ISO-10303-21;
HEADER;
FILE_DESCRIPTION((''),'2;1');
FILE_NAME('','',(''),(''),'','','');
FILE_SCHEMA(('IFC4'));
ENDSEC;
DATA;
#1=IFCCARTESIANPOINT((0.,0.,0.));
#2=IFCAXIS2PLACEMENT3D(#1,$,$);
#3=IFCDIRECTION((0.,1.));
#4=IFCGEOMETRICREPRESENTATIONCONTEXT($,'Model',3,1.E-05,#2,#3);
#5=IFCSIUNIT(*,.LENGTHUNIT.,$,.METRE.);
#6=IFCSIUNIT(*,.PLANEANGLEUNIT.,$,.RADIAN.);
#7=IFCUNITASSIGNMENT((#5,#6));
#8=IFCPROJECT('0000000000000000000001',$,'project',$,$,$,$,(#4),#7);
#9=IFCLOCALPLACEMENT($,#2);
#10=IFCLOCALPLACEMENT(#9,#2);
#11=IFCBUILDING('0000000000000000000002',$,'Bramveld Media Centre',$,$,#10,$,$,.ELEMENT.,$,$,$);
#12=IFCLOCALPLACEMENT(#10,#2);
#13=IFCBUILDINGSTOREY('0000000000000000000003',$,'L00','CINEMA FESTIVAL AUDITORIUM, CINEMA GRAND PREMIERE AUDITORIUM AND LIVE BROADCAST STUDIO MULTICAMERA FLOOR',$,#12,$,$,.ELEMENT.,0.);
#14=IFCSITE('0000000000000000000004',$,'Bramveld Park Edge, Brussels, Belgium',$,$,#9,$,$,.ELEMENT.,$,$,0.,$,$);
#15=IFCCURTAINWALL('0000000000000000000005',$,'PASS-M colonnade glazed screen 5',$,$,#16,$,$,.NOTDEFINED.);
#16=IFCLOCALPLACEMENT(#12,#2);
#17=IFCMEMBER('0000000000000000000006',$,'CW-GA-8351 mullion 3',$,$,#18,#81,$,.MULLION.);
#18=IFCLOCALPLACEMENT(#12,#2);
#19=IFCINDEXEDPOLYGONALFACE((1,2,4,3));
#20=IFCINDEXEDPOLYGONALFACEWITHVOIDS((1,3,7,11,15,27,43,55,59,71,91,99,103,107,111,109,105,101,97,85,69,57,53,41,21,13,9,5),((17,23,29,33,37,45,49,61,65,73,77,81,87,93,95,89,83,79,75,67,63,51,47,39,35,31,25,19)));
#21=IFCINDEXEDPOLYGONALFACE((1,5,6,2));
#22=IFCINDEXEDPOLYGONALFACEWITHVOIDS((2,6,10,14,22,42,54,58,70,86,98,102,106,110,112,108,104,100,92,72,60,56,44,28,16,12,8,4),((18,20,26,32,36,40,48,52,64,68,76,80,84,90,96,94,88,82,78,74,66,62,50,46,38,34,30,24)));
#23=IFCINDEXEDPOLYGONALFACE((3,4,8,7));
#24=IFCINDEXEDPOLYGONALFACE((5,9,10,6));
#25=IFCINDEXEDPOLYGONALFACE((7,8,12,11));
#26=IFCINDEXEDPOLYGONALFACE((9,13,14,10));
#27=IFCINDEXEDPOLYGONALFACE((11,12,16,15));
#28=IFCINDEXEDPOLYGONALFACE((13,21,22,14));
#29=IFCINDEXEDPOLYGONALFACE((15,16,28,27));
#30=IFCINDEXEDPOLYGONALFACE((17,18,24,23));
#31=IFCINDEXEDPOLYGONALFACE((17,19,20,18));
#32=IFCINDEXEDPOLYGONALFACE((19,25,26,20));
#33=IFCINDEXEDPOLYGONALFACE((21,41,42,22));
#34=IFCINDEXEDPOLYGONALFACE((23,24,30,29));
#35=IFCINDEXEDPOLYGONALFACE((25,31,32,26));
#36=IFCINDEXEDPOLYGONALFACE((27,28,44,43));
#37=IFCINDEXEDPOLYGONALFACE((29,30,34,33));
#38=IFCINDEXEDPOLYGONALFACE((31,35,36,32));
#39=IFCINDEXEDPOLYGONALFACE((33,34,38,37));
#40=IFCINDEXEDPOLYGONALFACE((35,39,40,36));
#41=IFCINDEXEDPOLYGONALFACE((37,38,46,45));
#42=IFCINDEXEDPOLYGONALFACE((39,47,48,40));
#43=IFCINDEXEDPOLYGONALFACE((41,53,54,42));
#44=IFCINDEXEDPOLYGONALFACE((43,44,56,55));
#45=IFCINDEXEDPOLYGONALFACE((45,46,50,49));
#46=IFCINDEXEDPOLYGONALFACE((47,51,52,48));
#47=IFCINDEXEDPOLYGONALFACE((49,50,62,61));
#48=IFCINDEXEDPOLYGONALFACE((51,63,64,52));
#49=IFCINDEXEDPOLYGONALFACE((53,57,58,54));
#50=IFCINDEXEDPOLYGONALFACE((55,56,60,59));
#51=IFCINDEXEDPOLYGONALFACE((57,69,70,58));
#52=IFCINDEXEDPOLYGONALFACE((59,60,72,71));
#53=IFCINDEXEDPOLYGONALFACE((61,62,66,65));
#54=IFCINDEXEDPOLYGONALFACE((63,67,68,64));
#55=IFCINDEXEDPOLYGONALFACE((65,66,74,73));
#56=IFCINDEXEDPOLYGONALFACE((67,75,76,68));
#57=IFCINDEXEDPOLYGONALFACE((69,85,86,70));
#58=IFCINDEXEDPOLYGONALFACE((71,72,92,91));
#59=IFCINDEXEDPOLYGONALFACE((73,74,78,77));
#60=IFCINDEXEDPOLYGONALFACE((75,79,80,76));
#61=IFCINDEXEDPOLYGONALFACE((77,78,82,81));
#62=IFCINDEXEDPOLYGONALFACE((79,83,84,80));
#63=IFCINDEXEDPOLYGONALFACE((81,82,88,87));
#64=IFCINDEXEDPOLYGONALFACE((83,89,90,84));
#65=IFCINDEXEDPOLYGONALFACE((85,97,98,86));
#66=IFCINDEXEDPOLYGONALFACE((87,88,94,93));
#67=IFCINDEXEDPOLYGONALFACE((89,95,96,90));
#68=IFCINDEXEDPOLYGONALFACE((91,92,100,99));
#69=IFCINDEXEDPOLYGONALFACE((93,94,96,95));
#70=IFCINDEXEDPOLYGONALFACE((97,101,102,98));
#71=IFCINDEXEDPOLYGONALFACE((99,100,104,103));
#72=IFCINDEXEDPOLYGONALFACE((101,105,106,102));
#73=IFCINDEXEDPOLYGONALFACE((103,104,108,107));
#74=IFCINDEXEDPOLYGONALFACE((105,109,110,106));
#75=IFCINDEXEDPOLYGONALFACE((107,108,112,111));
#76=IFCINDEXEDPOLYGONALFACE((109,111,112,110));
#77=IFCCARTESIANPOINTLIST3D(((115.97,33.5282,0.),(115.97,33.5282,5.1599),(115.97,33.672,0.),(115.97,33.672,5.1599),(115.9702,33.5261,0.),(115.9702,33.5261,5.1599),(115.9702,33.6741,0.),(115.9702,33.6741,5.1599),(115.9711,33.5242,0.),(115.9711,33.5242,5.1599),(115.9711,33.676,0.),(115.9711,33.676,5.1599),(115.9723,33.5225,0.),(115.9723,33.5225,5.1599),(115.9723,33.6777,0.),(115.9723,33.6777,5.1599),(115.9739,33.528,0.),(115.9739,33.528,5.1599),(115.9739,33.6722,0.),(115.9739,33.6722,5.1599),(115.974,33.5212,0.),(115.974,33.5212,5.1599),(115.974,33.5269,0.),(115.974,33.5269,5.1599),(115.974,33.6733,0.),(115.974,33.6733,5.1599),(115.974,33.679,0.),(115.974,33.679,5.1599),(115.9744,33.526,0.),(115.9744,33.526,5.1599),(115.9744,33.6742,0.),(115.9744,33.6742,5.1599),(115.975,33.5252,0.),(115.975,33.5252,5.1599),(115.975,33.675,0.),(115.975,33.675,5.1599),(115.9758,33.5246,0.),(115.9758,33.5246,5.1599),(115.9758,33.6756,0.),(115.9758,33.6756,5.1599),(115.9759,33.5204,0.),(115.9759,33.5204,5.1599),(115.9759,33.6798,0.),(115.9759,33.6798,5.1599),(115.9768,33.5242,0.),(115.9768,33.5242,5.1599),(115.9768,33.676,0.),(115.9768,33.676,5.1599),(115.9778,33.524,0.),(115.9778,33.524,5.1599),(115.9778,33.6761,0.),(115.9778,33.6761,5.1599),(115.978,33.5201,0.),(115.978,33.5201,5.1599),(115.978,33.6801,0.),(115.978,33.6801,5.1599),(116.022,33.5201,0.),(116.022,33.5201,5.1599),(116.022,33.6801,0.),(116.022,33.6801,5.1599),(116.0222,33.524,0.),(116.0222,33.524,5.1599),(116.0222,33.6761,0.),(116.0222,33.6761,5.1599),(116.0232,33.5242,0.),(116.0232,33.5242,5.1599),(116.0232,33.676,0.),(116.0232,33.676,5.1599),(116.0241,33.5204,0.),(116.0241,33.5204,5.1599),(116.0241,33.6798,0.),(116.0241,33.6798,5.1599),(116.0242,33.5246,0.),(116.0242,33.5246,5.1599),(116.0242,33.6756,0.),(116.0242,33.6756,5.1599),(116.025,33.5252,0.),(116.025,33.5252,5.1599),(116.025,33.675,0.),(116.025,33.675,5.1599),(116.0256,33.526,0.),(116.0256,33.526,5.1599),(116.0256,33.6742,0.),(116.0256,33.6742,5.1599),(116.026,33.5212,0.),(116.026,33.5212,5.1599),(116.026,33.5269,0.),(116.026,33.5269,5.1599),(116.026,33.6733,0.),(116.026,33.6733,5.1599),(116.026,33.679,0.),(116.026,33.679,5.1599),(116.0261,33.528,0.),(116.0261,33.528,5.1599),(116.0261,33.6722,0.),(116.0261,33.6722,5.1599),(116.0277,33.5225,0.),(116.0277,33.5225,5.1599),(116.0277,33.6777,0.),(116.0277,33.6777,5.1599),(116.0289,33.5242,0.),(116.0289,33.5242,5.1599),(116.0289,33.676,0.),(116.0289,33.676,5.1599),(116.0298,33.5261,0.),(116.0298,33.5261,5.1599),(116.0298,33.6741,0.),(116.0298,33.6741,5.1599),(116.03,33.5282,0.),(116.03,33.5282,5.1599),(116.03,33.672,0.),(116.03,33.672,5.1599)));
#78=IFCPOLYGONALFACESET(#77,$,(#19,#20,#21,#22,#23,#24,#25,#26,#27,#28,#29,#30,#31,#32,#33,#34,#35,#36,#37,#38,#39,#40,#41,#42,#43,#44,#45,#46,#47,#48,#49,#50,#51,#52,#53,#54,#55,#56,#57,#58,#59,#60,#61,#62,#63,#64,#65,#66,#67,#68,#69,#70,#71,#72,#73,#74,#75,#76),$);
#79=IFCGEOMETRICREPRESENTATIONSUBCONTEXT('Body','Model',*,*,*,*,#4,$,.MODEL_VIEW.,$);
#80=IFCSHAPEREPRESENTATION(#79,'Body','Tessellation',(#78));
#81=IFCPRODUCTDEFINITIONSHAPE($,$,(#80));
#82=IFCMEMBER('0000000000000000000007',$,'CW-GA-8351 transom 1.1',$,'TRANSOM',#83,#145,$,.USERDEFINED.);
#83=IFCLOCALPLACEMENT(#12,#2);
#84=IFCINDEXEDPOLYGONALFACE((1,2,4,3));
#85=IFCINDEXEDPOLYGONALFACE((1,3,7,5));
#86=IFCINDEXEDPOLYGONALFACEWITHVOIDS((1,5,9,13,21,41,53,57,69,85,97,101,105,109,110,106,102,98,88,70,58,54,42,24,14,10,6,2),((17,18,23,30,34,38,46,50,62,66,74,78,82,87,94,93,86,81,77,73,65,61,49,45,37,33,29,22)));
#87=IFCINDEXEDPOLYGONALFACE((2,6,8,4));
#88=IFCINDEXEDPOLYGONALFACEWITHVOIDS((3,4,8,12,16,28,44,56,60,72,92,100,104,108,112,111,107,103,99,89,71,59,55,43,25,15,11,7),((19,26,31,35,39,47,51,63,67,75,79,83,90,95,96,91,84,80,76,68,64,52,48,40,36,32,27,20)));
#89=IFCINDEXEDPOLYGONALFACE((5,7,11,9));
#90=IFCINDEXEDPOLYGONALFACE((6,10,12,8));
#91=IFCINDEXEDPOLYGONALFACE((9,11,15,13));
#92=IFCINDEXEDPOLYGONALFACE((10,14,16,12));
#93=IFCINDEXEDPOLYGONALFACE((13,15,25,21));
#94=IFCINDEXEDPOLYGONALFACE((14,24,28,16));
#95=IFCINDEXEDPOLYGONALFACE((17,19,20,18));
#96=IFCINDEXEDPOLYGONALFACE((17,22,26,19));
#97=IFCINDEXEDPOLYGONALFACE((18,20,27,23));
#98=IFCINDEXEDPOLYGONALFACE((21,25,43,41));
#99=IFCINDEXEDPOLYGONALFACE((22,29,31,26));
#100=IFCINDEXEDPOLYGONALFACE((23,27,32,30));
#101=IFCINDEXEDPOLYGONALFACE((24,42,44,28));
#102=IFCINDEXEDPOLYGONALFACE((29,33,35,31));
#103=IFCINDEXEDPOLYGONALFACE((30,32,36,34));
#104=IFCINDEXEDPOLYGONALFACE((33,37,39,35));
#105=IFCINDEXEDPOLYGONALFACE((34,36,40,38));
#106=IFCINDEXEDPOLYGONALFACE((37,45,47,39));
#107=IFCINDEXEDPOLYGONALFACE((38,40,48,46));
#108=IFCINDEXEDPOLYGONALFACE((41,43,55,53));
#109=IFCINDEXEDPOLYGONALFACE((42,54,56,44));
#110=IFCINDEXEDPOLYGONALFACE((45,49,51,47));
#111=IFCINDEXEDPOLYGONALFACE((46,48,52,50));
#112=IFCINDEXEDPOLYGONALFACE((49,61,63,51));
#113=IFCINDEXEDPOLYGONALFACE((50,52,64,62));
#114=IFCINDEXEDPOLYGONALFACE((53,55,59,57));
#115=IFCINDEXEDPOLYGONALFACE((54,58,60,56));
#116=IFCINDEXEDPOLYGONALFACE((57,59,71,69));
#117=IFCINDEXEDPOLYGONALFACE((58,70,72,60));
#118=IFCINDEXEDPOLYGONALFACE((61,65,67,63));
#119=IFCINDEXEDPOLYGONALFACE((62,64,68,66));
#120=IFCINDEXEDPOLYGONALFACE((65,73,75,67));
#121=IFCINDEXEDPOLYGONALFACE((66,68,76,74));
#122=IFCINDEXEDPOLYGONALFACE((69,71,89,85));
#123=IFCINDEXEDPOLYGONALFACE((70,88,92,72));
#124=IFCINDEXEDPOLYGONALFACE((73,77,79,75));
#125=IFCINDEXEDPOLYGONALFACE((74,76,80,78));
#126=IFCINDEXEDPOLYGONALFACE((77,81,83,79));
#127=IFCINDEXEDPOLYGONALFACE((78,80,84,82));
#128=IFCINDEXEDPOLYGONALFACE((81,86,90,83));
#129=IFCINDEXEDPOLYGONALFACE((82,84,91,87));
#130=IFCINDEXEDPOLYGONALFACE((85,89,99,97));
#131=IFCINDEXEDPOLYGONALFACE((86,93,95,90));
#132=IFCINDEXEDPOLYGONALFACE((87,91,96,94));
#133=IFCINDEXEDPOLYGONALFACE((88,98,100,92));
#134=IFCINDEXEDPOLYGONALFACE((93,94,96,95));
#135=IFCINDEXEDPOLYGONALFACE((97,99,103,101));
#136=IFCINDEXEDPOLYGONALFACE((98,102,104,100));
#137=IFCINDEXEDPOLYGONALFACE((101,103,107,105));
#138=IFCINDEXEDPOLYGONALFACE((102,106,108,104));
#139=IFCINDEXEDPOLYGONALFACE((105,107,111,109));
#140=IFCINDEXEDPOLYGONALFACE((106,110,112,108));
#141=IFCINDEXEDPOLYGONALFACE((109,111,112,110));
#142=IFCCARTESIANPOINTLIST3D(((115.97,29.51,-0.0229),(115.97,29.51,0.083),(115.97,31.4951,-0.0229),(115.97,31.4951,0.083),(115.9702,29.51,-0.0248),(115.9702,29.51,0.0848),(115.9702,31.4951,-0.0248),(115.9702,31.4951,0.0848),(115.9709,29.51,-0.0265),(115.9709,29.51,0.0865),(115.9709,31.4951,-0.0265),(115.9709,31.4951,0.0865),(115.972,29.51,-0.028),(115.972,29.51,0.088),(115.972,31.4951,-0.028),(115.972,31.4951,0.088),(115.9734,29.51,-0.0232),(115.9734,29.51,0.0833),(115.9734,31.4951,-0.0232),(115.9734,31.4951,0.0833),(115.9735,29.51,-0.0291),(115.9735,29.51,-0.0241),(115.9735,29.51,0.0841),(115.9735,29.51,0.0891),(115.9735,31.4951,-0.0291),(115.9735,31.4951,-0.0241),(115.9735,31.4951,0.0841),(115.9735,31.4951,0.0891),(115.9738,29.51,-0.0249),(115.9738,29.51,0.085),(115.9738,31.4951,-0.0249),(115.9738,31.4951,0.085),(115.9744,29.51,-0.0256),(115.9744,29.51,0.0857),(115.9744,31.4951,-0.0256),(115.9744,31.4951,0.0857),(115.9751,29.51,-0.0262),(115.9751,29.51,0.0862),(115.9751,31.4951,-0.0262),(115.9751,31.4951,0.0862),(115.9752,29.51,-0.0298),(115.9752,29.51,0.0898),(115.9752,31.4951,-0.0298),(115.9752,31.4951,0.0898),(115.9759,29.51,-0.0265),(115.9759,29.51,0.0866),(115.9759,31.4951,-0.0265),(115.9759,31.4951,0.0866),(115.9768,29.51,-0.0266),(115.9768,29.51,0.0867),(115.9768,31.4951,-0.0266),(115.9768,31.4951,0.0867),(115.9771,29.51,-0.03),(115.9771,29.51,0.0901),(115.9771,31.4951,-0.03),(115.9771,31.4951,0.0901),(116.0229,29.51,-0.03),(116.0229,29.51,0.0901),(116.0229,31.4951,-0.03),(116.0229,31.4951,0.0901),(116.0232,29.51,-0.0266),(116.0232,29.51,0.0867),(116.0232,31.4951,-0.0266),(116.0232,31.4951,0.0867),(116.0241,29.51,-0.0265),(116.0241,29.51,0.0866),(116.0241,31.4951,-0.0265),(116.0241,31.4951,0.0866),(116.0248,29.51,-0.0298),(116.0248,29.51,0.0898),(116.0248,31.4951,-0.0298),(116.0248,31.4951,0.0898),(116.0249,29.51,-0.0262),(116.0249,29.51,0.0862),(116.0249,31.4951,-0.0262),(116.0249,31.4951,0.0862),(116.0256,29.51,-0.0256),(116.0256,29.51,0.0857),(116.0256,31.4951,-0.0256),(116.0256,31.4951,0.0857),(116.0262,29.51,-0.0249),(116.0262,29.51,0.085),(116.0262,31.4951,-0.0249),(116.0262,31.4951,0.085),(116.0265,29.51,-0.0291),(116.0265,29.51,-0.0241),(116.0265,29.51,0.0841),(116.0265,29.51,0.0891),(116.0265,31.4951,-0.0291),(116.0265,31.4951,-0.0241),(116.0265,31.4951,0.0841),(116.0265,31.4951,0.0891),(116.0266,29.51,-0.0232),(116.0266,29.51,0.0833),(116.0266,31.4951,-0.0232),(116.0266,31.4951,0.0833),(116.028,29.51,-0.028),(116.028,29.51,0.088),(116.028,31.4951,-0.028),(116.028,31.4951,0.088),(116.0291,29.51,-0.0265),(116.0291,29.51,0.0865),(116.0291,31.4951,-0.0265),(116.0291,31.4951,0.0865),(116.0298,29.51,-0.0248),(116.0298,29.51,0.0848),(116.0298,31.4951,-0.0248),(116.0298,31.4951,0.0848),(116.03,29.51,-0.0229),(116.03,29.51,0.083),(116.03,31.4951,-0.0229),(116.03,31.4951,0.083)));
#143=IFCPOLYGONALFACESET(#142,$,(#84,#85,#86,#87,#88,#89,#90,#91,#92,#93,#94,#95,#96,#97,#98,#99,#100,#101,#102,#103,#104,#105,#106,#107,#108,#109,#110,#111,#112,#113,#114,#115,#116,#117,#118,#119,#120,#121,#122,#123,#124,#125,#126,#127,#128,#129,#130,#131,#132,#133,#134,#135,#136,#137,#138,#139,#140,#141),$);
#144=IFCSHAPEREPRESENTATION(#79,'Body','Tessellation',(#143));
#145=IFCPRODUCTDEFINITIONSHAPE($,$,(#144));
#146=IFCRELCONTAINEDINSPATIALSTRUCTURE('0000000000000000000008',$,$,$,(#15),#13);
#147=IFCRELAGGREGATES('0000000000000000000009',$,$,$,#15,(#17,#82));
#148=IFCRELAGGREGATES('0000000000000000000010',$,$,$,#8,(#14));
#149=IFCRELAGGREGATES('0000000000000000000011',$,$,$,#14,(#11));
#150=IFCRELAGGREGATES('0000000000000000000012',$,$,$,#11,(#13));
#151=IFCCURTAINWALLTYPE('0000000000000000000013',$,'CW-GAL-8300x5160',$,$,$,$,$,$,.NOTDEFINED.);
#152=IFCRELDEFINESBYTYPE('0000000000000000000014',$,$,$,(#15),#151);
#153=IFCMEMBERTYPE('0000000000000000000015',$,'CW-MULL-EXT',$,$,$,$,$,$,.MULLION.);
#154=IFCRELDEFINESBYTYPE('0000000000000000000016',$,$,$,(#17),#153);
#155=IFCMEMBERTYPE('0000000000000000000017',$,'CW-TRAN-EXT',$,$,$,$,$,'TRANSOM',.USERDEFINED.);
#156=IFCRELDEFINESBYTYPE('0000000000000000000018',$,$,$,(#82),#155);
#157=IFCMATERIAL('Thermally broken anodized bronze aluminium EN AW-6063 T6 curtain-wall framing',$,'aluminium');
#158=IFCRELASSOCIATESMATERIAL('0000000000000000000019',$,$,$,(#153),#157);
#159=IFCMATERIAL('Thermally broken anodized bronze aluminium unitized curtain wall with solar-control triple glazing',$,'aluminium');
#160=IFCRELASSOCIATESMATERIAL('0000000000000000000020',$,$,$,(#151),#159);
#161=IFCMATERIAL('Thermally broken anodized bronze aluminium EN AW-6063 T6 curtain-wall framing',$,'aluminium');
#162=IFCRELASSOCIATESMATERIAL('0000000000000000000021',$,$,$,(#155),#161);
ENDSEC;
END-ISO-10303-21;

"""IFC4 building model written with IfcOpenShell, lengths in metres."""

from ifc_helpers import new_model, si_unit, direction, frame, origin, origin_2d, place, context, subcontext, project, spatial, hollow_rectangle, extrude, material, material_profile, profile_set, type_object, element, aggregate, save


model = new_model("IFC4")

# Units and contexts
model_context = context("Model", 3, precision=1e-05, world=origin(), true_north=direction((0.0, 1.0)))
body_context = subcontext(model_context, "Body", "Model", "MODEL_VIEW")
ifc_project = project(units=[si_unit("LENGTHUNIT", "METRE"), si_unit("PLANEANGLEUNIT", "RADIAN")], contexts=[model_context])

# Site, building, storey
site_placement = place(None, origin())
site = spatial("IfcSite", under=ifc_project, at=site_placement, Name="Bramveld Park Edge, Brussels, Belgium", CompositionType="ELEMENT", RefElevation=0.0)
building_placement = place(site_placement, origin())
building = spatial("IfcBuilding", under=site, at=building_placement, Name="Bramveld Media Centre", CompositionType="ELEMENT")
storey_placement = place(building_placement, origin())
storey = spatial("IfcBuildingStorey", under=building, at=storey_placement, Name="L00", Description="CINEMA FESTIVAL AUDITORIUM, CINEMA GRAND PREMIERE AUDITORIUM AND LIVE BROADCAST STUDIO MULTICAMERA FLOOR", CompositionType="ELEMENT", Elevation=0.0)

# Shared definitions
ifc_material_1 = material(Name="Thermally broken anodized bronze aluminium EN AW-6063 T6 curtain-wall framing", Category="aluminium")
ifc_material_profile_1 = material_profile(ifc_material_1, hollow_rectangle(XDim=0.0601, YDim=0.1599, WallThickness=0.0039, InnerFilletRadius=0.0039, OuterFilletRadius=0.0081, at=origin_2d()), Name="AL-MULL 60x160")
ifc_profile_set_1 = profile_set([ifc_material_profile_1], Name="Thermally broken anodized bronze aluminium EN AW-6063 T6 curtain-wall framing")
member_type_1 = type_object("IfcMemberType", Name="CW-MULL-EXT", PredefinedType="MULLION", material=ifc_profile_set_1)

# Curtain wall, members
ifc_material_2 = material(Name="Thermally broken anodized bronze aluminium unitized curtain wall with solar-control triple glazing", Category="aluminium")
curtain_wall_type_1 = type_object("IfcCurtainWallType", Name="CW-GAL-8300x5160", PredefinedType="NOTDEFINED", material=ifc_material_2)
curtain_wall_1_placement = place(storey_placement, origin())
curtain_wall_1 = element("IfcCurtainWall", 1, at=curtain_wall_1_placement, inside=storey, type_object=curtain_wall_type_1, Name="PASS-M colonnade glazed screen 5", PredefinedType="NOTDEFINED")
member_1_placement = place(storey_placement, frame((116.0, 33.6001, 0.0), z_axis=(0.0, 0.0, 1.0), x_axis=(-1.0, 0.0, 0.0)))
member_1 = element("IfcMember", 2, at=member_1_placement, type_object=member_type_1, Name="CW-GA-8351 mullion 3", PredefinedType="MULLION", context=body_context, shape_type="SweptSolid", body=[
    extrude(hollow_rectangle(XDim=0.0601, YDim=0.1599, WallThickness=0.0039, InnerFilletRadius=0.0039, OuterFilletRadius=0.0081, at=origin_2d()), origin(), (0.0, 0.0, 1.0), 5.1599),
])
ifc_material_3 = material(Name="Thermally broken anodized bronze aluminium EN AW-6063 T6 curtain-wall framing", Category="aluminium")
ifc_material_profile_2 = material_profile(ifc_material_3, hollow_rectangle(XDim=0.0601, YDim=0.1201, WallThickness=0.0034, InnerFilletRadius=0.0034, OuterFilletRadius=0.0071, at=origin_2d()), Name="AL-TRAN 60x120")
ifc_profile_set_2 = profile_set([ifc_material_profile_2], Name="Thermally broken anodized bronze aluminium EN AW-6063 T6 curtain-wall framing")
member_type_2 = type_object("IfcMemberType", Name="CW-TRAN-EXT", ElementType="TRANSOM", PredefinedType="USERDEFINED", material=ifc_profile_set_2)
member_2_placement = place(storey_placement, frame((116.0, 29.51, 0.03), z_axis=(0.0, 1.0, 0.0), x_axis=(-1.0, 0.0, 0.0)))
member_2 = element("IfcMember", 3, at=member_2_placement, type_object=member_type_2, Name="CW-GA-8351 transom 1.1", ObjectType="TRANSOM", PredefinedType="USERDEFINED", context=body_context, shape_type="SweptSolid", body=[
    extrude(hollow_rectangle(XDim=0.0601, YDim=0.1201, WallThickness=0.0034, InnerFilletRadius=0.0034, OuterFilletRadius=0.0071, at=origin_2d()), origin(), (0.0, 0.0, 1.0), 1.9851),
])
aggregate(curtain_wall_1, [member_1, member_2])

save(model, "model.ifc")
